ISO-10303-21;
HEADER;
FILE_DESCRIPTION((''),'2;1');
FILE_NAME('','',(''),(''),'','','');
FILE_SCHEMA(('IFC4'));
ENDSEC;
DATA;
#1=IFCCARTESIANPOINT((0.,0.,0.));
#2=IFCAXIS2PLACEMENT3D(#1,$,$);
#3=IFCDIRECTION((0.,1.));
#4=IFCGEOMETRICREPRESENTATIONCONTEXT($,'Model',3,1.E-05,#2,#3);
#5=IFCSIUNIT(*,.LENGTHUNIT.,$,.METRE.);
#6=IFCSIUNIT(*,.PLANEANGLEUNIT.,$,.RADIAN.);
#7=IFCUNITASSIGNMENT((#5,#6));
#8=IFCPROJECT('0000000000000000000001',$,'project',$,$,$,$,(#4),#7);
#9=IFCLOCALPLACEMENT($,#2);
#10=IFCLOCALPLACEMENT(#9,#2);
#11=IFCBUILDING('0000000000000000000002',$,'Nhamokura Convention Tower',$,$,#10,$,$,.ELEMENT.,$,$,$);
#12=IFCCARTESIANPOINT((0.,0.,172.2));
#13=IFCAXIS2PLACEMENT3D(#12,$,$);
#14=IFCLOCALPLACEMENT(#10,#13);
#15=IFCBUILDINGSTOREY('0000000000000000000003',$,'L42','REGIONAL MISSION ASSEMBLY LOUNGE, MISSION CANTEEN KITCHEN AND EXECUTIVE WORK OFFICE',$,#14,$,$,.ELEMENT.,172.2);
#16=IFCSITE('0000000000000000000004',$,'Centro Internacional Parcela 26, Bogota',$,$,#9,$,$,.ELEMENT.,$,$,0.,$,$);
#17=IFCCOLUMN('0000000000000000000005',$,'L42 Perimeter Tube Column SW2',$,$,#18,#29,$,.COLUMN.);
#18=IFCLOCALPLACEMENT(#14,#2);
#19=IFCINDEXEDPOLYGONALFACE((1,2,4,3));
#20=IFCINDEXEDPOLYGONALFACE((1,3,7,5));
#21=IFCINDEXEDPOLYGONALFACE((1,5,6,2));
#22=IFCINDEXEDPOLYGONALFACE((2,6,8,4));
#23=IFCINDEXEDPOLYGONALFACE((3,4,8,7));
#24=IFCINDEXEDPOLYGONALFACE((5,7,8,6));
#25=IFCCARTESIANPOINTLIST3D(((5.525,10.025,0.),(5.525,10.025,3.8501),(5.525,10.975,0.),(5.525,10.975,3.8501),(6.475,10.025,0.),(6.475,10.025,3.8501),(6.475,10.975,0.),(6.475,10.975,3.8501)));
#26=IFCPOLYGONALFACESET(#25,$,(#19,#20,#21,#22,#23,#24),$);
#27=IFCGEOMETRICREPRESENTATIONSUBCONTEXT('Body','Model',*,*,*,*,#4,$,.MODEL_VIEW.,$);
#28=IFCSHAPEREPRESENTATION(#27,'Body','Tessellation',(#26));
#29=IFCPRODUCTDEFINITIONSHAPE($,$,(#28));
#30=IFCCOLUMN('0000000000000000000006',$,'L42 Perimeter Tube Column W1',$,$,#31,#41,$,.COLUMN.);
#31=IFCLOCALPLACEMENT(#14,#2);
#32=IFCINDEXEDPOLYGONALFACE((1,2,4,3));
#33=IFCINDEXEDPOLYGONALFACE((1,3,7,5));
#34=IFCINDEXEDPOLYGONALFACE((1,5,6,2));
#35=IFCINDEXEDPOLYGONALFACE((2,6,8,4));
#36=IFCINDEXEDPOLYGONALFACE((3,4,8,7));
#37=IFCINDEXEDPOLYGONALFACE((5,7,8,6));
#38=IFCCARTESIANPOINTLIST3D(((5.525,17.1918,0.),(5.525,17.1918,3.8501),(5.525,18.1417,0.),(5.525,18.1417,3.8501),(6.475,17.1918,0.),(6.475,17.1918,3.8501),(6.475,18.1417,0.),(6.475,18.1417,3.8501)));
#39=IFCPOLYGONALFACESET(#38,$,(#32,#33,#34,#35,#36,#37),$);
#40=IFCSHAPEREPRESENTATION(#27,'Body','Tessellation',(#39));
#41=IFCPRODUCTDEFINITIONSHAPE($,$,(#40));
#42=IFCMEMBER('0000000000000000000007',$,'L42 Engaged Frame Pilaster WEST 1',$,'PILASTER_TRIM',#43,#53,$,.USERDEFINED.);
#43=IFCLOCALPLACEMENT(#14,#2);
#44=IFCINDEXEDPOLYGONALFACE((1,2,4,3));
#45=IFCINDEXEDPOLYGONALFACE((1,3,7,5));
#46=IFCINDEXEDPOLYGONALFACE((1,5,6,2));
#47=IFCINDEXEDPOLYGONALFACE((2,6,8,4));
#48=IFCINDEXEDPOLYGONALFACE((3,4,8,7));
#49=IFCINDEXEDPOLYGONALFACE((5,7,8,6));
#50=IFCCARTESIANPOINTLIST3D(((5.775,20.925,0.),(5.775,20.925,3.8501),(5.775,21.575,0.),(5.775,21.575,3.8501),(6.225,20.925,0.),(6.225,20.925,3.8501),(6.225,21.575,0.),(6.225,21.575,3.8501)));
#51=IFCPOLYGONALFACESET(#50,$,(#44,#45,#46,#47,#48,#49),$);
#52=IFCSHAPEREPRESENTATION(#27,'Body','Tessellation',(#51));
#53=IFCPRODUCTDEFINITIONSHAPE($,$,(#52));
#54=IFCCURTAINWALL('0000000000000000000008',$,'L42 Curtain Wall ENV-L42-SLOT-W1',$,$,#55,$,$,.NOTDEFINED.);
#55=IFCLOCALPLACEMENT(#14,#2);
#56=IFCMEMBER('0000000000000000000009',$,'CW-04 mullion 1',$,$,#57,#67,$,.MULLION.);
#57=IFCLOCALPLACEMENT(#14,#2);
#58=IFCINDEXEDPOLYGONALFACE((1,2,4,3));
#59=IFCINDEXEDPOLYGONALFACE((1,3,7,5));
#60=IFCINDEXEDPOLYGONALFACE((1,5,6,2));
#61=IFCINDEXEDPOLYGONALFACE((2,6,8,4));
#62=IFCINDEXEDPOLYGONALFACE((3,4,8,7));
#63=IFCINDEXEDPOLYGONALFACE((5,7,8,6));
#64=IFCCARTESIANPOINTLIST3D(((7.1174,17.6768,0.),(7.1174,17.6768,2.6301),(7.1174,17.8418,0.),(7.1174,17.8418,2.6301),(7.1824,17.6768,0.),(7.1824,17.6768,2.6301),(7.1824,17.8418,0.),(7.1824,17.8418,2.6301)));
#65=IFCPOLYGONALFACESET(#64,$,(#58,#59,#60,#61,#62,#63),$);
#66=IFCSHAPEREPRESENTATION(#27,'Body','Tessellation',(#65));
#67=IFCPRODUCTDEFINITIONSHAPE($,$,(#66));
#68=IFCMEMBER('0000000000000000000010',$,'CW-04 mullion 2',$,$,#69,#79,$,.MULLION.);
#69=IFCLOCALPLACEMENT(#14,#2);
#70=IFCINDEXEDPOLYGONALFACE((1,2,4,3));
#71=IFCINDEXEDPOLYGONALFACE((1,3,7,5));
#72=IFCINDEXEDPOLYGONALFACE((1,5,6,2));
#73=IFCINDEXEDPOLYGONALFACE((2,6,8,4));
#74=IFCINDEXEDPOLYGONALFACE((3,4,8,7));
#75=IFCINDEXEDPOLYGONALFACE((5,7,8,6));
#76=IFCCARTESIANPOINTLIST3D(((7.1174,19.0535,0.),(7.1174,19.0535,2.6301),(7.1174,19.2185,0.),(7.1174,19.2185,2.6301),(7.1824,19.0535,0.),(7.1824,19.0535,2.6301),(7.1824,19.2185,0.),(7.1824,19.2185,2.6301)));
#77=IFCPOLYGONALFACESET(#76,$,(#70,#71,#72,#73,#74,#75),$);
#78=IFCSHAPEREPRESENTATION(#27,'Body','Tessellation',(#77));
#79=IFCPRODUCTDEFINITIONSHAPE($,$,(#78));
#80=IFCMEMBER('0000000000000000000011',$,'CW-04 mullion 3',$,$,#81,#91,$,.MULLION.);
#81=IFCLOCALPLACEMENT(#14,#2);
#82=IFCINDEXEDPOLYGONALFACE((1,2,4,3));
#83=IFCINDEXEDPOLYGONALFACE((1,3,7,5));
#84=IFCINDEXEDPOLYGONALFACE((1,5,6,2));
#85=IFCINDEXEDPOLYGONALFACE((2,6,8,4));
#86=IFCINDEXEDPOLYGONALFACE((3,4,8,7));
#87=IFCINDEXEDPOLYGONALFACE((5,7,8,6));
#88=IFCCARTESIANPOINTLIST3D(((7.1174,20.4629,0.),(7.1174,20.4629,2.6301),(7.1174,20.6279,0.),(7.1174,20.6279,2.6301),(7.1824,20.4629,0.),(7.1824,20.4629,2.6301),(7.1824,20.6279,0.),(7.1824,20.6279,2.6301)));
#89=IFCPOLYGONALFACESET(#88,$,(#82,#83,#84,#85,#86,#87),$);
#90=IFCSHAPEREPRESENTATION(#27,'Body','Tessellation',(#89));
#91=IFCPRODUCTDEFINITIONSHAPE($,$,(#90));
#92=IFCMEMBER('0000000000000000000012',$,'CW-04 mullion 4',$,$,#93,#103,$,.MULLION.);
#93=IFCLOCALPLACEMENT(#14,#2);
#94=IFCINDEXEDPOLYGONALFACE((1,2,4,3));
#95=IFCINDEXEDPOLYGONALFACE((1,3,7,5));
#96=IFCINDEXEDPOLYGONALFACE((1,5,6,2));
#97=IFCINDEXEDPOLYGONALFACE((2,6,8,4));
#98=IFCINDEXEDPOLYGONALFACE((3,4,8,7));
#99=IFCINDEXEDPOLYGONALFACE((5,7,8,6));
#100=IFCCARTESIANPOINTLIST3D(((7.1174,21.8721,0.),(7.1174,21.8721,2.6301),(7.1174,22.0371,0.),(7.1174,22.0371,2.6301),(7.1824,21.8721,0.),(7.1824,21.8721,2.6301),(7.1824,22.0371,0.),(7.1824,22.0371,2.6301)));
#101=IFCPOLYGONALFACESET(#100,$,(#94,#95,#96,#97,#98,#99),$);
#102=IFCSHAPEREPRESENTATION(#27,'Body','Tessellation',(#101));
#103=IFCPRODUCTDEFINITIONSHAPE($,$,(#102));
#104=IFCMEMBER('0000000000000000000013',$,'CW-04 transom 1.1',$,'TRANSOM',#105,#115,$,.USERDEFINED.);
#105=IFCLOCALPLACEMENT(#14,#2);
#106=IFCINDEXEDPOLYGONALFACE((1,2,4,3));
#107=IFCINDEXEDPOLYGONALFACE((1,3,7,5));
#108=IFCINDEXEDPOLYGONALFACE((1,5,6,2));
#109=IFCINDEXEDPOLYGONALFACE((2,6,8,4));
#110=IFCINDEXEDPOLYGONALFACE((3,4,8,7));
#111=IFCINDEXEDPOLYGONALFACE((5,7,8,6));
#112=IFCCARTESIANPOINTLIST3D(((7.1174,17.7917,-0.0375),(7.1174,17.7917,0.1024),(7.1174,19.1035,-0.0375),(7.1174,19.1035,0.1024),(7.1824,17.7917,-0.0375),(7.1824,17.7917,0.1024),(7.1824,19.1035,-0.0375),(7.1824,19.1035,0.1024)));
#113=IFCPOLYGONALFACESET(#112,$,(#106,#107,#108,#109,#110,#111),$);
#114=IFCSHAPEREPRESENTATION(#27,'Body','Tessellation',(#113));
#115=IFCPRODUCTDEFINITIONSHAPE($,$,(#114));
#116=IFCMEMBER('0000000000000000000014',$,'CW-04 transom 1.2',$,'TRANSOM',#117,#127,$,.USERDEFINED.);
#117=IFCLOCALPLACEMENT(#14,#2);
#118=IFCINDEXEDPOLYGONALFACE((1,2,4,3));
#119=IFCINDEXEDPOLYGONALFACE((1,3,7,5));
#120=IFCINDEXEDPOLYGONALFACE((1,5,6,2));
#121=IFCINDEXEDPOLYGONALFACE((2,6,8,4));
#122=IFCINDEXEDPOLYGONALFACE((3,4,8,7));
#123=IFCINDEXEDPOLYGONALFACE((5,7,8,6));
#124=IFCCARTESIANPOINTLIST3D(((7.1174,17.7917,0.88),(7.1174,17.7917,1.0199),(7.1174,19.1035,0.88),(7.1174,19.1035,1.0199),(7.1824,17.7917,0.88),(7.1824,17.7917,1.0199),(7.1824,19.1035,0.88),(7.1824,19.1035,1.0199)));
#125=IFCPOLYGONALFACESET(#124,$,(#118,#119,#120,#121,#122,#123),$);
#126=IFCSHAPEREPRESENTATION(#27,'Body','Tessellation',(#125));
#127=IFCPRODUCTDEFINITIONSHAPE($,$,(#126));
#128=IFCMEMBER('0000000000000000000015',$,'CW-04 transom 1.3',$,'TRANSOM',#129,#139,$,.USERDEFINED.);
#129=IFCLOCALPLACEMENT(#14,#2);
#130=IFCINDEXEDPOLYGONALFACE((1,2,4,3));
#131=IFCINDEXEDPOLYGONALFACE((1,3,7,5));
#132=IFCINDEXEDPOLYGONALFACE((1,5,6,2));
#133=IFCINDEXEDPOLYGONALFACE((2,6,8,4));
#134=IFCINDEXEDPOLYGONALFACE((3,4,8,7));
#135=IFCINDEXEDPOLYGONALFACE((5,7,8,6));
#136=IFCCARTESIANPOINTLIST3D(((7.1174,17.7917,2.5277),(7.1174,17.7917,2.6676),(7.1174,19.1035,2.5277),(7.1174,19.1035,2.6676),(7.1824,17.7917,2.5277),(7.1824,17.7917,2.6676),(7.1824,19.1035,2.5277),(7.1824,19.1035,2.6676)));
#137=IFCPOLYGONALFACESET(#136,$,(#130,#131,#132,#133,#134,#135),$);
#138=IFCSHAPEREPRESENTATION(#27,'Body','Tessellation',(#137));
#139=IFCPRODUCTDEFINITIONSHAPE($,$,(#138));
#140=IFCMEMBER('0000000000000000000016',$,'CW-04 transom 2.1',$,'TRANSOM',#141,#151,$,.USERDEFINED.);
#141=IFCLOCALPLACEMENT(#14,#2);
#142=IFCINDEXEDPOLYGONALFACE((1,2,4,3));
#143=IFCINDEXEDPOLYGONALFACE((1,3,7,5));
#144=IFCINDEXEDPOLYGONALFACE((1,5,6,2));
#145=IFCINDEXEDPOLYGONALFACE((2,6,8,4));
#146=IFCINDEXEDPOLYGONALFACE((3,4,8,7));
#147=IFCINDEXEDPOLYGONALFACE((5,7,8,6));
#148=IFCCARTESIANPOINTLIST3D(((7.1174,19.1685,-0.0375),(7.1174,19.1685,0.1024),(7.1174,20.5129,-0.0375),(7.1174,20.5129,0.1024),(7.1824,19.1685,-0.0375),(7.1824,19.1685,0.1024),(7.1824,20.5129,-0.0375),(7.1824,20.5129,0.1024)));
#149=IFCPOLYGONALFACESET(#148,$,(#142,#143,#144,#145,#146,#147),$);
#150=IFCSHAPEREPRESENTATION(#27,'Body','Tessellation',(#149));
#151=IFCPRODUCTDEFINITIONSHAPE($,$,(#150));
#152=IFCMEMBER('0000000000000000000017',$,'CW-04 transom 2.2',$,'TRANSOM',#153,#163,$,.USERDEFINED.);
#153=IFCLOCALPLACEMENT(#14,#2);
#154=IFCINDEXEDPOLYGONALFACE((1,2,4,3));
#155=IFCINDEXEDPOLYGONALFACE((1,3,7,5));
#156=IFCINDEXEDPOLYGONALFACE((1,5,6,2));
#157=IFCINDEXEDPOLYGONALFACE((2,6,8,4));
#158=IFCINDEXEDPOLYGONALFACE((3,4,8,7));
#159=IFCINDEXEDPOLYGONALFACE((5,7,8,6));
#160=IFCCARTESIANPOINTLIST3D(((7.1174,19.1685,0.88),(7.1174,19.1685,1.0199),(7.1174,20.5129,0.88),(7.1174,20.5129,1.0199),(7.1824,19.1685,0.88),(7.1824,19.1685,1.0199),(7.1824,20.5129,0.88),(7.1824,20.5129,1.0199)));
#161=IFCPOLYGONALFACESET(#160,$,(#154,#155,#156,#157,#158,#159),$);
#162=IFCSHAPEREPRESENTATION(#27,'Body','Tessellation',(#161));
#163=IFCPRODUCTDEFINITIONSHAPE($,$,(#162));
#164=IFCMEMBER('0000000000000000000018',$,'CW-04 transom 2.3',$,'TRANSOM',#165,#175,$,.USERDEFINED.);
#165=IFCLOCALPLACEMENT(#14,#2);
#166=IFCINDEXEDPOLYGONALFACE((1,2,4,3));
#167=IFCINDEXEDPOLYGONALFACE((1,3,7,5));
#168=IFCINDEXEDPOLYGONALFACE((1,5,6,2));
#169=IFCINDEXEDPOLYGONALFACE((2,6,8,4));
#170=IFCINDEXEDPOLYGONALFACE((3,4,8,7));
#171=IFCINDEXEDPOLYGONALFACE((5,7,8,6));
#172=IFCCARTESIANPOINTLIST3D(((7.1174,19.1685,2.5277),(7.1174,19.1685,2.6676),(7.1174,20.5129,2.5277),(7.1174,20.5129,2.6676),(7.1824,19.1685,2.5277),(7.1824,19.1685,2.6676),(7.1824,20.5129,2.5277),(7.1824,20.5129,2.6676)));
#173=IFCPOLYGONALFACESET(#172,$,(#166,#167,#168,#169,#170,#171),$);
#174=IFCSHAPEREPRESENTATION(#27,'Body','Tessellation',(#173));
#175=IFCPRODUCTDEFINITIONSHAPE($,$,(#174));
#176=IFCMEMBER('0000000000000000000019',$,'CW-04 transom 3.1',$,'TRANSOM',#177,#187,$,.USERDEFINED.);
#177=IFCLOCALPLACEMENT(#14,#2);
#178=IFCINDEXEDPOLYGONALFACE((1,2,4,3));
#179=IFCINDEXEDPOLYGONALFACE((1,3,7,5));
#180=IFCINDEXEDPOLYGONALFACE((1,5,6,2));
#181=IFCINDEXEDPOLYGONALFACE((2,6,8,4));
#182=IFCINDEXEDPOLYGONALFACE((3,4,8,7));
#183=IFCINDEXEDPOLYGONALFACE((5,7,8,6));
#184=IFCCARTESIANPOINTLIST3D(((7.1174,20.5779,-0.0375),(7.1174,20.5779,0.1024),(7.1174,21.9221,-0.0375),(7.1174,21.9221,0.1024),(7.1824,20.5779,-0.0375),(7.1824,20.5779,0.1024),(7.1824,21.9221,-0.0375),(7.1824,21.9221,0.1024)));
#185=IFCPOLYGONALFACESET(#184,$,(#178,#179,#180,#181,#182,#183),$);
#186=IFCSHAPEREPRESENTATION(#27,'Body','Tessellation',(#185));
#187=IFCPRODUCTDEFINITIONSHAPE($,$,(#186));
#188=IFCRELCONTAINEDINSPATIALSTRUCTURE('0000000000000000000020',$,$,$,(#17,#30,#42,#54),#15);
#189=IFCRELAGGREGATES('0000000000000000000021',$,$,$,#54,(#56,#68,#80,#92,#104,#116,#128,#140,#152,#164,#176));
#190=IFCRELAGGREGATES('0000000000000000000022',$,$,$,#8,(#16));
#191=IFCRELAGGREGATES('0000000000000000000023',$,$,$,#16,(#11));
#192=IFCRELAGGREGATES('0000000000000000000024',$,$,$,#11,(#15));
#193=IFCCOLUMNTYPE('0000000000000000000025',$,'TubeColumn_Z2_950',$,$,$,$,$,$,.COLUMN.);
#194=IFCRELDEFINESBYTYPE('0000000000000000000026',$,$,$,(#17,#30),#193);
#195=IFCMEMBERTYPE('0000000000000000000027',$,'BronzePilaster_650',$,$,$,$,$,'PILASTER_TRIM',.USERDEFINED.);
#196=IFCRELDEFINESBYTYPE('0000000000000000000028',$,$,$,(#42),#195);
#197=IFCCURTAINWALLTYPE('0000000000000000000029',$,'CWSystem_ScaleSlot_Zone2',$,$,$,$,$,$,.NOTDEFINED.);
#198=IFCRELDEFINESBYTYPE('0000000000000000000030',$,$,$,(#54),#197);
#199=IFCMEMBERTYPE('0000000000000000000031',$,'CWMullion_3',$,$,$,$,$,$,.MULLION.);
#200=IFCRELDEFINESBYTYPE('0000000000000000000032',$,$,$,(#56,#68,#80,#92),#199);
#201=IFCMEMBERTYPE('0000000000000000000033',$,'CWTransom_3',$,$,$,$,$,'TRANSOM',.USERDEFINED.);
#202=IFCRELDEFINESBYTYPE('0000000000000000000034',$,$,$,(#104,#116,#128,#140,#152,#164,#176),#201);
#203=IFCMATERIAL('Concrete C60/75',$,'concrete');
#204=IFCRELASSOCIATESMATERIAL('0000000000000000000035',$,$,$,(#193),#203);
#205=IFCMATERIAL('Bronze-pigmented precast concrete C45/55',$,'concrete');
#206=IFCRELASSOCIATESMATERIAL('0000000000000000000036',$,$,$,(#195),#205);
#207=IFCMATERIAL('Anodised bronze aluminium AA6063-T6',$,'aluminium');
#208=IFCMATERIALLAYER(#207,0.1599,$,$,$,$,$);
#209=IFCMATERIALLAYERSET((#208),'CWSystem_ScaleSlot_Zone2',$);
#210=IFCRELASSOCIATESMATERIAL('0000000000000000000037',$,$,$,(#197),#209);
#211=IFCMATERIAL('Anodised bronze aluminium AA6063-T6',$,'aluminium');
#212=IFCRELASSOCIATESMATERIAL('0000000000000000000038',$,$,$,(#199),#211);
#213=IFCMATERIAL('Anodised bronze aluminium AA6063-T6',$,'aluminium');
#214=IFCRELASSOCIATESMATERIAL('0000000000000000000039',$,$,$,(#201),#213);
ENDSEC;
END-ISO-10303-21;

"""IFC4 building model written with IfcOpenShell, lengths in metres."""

from ifc_helpers import new_model, si_unit, direction, frame, origin, origin_2d, place, context, subcontext, project, spatial, rectangle, extrude, material, layer, layer_set, material_profile, profile_set, type_object, element, aggregate, save


model = new_model("IFC4")

# Units and contexts
model_context = context("Model", 3, precision=1e-05, world=origin(), true_north=direction((0.0, 1.0)))
body_context = subcontext(model_context, "Body", "Model", "MODEL_VIEW")
ifc_project = project(units=[si_unit("LENGTHUNIT", "METRE"), si_unit("PLANEANGLEUNIT", "RADIAN")], contexts=[model_context])

# Site, building, storey
site_placement = place(None, origin())
site = spatial("IfcSite", under=ifc_project, at=site_placement, Name="Centro Internacional Parcela 26, Bogota", CompositionType="ELEMENT", RefElevation=0.0)
building_placement = place(site_placement, origin())
building = spatial("IfcBuilding", under=site, at=building_placement, Name="Nhamokura Convention Tower", CompositionType="ELEMENT")
storey_placement = place(building_placement, frame((0.0, 0.0, 172.2)))
storey = spatial("IfcBuildingStorey", under=building, at=storey_placement, Name="L42", Description="REGIONAL MISSION ASSEMBLY LOUNGE, MISSION CANTEEN KITCHEN AND EXECUTIVE WORK OFFICE", CompositionType="ELEMENT", Elevation=172.2)

# Columns
ifc_material_1 = material(Name="Concrete C60/75", Category="concrete")
ifc_material_profile_1 = material_profile(ifc_material_1, rectangle(XDim=0.95, YDim=0.95, at=origin_2d()))
ifc_profile_set_1 = profile_set([ifc_material_profile_1], Name="Concrete C60/75")
column_type = type_object("IfcColumnType", Name="TubeColumn_Z2_950", PredefinedType="COLUMN", material=ifc_profile_set_1)
for number, where, z_axis, x_axis, name in (
    (1, (6.0, 10.5, 0.0), (0.0, 0.0, 1.0), (1.0, 0.0, 0.0), "L42 Perimeter Tube Column SW2"),
    (2, (6.0, 17.6667, 0.0), (0.0, 0.0, 1.0), (1.0, 0.0, 0.0), "L42 Perimeter Tube Column W1"),
):
    element("IfcColumn", number, at=place(storey_placement, frame(where, z_axis=z_axis, x_axis=x_axis)), inside=storey, type_object=column_type, Name=name, PredefinedType="COLUMN", context=body_context, shape_type="SweptSolid", body=[
        extrude(rectangle(XDim=0.95, YDim=0.95, at=origin_2d()), origin(), (0.0, 0.0, 1.0), 3.8501),
    ])

# Member
ifc_material_2 = material(Name="Bronze-pigmented precast concrete C45/55", Category="concrete")
ifc_material_profile_2 = material_profile(ifc_material_2, rectangle(XDim=0.45, YDim=0.6499, at=origin_2d()))
ifc_profile_set_2 = profile_set([ifc_material_profile_2], Name="Bronze-pigmented precast concrete C45/55")
member_type_1 = type_object("IfcMemberType", Name="BronzePilaster_650", ElementType="PILASTER_TRIM", PredefinedType="USERDEFINED", material=ifc_profile_set_2)
member_1_placement = place(storey_placement, frame((6.0, 21.25, 0.0), z_axis=(0.0, 0.0, 1.0), x_axis=(1.0, 0.0, 0.0)))
element("IfcMember", 3, at=member_1_placement, inside=storey, type_object=member_type_1, Name="L42 Engaged Frame Pilaster WEST 1", ObjectType="PILASTER_TRIM", PredefinedType="USERDEFINED", context=body_context, shape_type="SweptSolid", body=[
    extrude(rectangle(XDim=0.45, YDim=0.6499, at=origin_2d()), origin(), (0.0, 0.0, 1.0), 3.8501),
])

# Curtain wall, members
ifc_material_3 = material(Name="Anodised bronze aluminium AA6063-T6", Category="aluminium")
ifc_layer_1 = layer(ifc_material_3, 0.1599)
ifc_layer_set_1 = layer_set([ifc_layer_1], Name="CWSystem_ScaleSlot_Zone2")
curtain_wall_type = type_object("IfcCurtainWallType", Name="CWSystem_ScaleSlot_Zone2", PredefinedType="NOTDEFINED", material=ifc_layer_set_1)
curtain_wall_placement = place(storey_placement, origin())
curtain_wall = element("IfcCurtainWall", 4, at=curtain_wall_placement, inside=storey, type_object=curtain_wall_type, Name="L42 Curtain Wall ENV-L42-SLOT-W1", PredefinedType="NOTDEFINED")
ifc_material_4 = material(Name="Anodised bronze aluminium AA6063-T6", Category="aluminium")
ifc_material_profile_3 = material_profile(ifc_material_4, rectangle(XDim=0.0649, YDim=0.165, at=origin_2d()))
ifc_profile_set_3 = profile_set([ifc_material_profile_3], Name="Anodised bronze aluminium AA6063-T6")
member_type_2 = type_object("IfcMemberType", Name="CWMullion_3", PredefinedType="MULLION", material=ifc_profile_set_3)
member_2_placement = place(storey_placement, frame((7.1499, 17.7593, 0.0), z_axis=(0.0, 0.0, 1.0), x_axis=(-1.0, 0.0, 0.0)))
member_2 = element("IfcMember", 5, at=member_2_placement, type_object=member_type_2, Name="CW-04 mullion 1", PredefinedType="MULLION", context=body_context, shape_type="SweptSolid", body=[
    extrude(rectangle(XDim=0.0649, YDim=0.165, at=origin_2d()), origin(), (0.0, 0.0, 1.0), 2.6301),
])
member_3_placement = place(storey_placement, frame((7.1499, 19.136, 0.0), z_axis=(0.0, 0.0, 1.0), x_axis=(-1.0, 0.0, 0.0)))
member_3 = element("IfcMember", 6, at=member_3_placement, type_object=member_type_2, Name="CW-04 mullion 2", PredefinedType="MULLION", context=body_context, shape_type="SweptSolid", body=[
    extrude(rectangle(XDim=0.0649, YDim=0.165, at=origin_2d()), origin(), (0.0, 0.0, 1.0), 2.6301),
])
member_4_placement = place(storey_placement, frame((7.1499, 20.5454, 0.0), z_axis=(0.0, 0.0, 1.0), x_axis=(-1.0, 0.0, 0.0)))
member_4 = element("IfcMember", 7, at=member_4_placement, type_object=member_type_2, Name="CW-04 mullion 3", PredefinedType="MULLION", context=body_context, shape_type="SweptSolid", body=[
    extrude(rectangle(XDim=0.0649, YDim=0.165, at=origin_2d()), origin(), (0.0, 0.0, 1.0), 2.6301),
])
member_5_placement = place(storey_placement, frame((7.1499, 21.9546, 0.0), z_axis=(0.0, 0.0, 1.0), x_axis=(-1.0, 0.0, 0.0)))
member_5 = element("IfcMember", 8, at=member_5_placement, type_object=member_type_2, Name="CW-04 mullion 4", PredefinedType="MULLION", context=body_context, shape_type="SweptSolid", body=[
    extrude(rectangle(XDim=0.0649, YDim=0.165, at=origin_2d()), origin(), (0.0, 0.0, 1.0), 2.6301),
])
ifc_material_5 = material(Name="Anodised bronze aluminium AA6063-T6", Category="aluminium")
ifc_material_profile_4 = material_profile(ifc_material_5, rectangle(XDim=0.0649, YDim=0.1399, at=origin_2d()))
ifc_profile_set_4 = profile_set([ifc_material_profile_4], Name="Anodised bronze aluminium AA6063-T6")
member_type_3 = type_object("IfcMemberType", Name="CWTransom_3", ElementType="TRANSOM", PredefinedType="USERDEFINED", material=ifc_profile_set_4)
member_6_placement = place(storey_placement, frame((7.1499, 17.7917, 0.0325), z_axis=(0.0, 1.0, 0.0), x_axis=(-1.0, 0.0, 0.0)))
member_6 = element("IfcMember", 9, at=member_6_placement, type_object=member_type_3, Name="CW-04 transom 1.1", ObjectType="TRANSOM", PredefinedType="USERDEFINED", context=body_context, shape_type="SweptSolid", body=[
    extrude(rectangle(XDim=0.0649, YDim=0.1399, at=origin_2d()), origin(), (0.0, 0.0, 1.0), 1.3118),
])
member_7_placement = place(storey_placement, frame((7.1499, 17.7917, 0.95), z_axis=(0.0, 1.0, 0.0), x_axis=(-1.0, 0.0, 0.0)))
member_7 = element("IfcMember", 10, at=member_7_placement, type_object=member_type_3, Name="CW-04 transom 1.2", ObjectType="TRANSOM", PredefinedType="USERDEFINED", context=body_context, shape_type="SweptSolid", body=[
    extrude(rectangle(XDim=0.0649, YDim=0.1399, at=origin_2d()), origin(), (0.0, 0.0, 1.0), 1.3118),
])
member_8_placement = place(storey_placement, frame((7.1499, 17.7917, 2.5977), z_axis=(0.0, 1.0, 0.0), x_axis=(-1.0, 0.0, 0.0)))
member_8 = element("IfcMember", 11, at=member_8_placement, type_object=member_type_3, Name="CW-04 transom 1.3", ObjectType="TRANSOM", PredefinedType="USERDEFINED", context=body_context, shape_type="SweptSolid", body=[
    extrude(rectangle(XDim=0.0649, YDim=0.1399, at=origin_2d()), origin(), (0.0, 0.0, 1.0), 1.3118),
])
member_9_placement = place(storey_placement, frame((7.1499, 19.1685, 0.0325), z_axis=(0.0, 1.0, 0.0), x_axis=(-1.0, 0.0, 0.0)))
member_9 = element("IfcMember", 12, at=member_9_placement, type_object=member_type_3, Name="CW-04 transom 2.1", ObjectType="TRANSOM", PredefinedType="USERDEFINED", context=body_context, shape_type="SweptSolid", body=[
    extrude(rectangle(XDim=0.0649, YDim=0.1399, at=origin_2d()), origin(), (0.0, 0.0, 1.0), 1.3445),
])
member_10_placement = place(storey_placement, frame((7.1499, 19.1685, 0.95), z_axis=(0.0, 1.0, 0.0), x_axis=(-1.0, 0.0, 0.0)))
member_10 = element("IfcMember", 13, at=member_10_placement, type_object=member_type_3, Name="CW-04 transom 2.2", ObjectType="TRANSOM", PredefinedType="USERDEFINED", context=body_context, shape_type="SweptSolid", body=[
    extrude(rectangle(XDim=0.0649, YDim=0.1399, at=origin_2d()), origin(), (0.0, 0.0, 1.0), 1.3445),
])
member_11_placement = place(storey_placement, frame((7.1499, 19.1685, 2.5977), z_axis=(0.0, 1.0, 0.0), x_axis=(-1.0, 0.0, 0.0)))
member_11 = element("IfcMember", 14, at=member_11_placement, type_object=member_type_3, Name="CW-04 transom 2.3", ObjectType="TRANSOM", PredefinedType="USERDEFINED", context=body_context, shape_type="SweptSolid", body=[
    extrude(rectangle(XDim=0.0649, YDim=0.1399, at=origin_2d()), origin(), (0.0, 0.0, 1.0), 1.3445),
])
member_12_placement = place(storey_placement, frame((7.1499, 20.5779, 0.0325), z_axis=(0.0, 1.0, 0.0), x_axis=(-1.0, 0.0, 0.0)))
member_12 = element("IfcMember", 15, at=member_12_placement, type_object=member_type_3, Name="CW-04 transom 3.1", ObjectType="TRANSOM", PredefinedType="USERDEFINED", context=body_context, shape_type="SweptSolid", body=[
    extrude(rectangle(XDim=0.0649, YDim=0.1399, at=origin_2d()), origin(), (0.0, 0.0, 1.0), 1.3442),
])

aggregate(curtain_wall, [member_2, member_3, member_4, member_5, member_6, member_7, member_8, member_9, member_10, member_11, member_12])

save(model, "model.ifc")
